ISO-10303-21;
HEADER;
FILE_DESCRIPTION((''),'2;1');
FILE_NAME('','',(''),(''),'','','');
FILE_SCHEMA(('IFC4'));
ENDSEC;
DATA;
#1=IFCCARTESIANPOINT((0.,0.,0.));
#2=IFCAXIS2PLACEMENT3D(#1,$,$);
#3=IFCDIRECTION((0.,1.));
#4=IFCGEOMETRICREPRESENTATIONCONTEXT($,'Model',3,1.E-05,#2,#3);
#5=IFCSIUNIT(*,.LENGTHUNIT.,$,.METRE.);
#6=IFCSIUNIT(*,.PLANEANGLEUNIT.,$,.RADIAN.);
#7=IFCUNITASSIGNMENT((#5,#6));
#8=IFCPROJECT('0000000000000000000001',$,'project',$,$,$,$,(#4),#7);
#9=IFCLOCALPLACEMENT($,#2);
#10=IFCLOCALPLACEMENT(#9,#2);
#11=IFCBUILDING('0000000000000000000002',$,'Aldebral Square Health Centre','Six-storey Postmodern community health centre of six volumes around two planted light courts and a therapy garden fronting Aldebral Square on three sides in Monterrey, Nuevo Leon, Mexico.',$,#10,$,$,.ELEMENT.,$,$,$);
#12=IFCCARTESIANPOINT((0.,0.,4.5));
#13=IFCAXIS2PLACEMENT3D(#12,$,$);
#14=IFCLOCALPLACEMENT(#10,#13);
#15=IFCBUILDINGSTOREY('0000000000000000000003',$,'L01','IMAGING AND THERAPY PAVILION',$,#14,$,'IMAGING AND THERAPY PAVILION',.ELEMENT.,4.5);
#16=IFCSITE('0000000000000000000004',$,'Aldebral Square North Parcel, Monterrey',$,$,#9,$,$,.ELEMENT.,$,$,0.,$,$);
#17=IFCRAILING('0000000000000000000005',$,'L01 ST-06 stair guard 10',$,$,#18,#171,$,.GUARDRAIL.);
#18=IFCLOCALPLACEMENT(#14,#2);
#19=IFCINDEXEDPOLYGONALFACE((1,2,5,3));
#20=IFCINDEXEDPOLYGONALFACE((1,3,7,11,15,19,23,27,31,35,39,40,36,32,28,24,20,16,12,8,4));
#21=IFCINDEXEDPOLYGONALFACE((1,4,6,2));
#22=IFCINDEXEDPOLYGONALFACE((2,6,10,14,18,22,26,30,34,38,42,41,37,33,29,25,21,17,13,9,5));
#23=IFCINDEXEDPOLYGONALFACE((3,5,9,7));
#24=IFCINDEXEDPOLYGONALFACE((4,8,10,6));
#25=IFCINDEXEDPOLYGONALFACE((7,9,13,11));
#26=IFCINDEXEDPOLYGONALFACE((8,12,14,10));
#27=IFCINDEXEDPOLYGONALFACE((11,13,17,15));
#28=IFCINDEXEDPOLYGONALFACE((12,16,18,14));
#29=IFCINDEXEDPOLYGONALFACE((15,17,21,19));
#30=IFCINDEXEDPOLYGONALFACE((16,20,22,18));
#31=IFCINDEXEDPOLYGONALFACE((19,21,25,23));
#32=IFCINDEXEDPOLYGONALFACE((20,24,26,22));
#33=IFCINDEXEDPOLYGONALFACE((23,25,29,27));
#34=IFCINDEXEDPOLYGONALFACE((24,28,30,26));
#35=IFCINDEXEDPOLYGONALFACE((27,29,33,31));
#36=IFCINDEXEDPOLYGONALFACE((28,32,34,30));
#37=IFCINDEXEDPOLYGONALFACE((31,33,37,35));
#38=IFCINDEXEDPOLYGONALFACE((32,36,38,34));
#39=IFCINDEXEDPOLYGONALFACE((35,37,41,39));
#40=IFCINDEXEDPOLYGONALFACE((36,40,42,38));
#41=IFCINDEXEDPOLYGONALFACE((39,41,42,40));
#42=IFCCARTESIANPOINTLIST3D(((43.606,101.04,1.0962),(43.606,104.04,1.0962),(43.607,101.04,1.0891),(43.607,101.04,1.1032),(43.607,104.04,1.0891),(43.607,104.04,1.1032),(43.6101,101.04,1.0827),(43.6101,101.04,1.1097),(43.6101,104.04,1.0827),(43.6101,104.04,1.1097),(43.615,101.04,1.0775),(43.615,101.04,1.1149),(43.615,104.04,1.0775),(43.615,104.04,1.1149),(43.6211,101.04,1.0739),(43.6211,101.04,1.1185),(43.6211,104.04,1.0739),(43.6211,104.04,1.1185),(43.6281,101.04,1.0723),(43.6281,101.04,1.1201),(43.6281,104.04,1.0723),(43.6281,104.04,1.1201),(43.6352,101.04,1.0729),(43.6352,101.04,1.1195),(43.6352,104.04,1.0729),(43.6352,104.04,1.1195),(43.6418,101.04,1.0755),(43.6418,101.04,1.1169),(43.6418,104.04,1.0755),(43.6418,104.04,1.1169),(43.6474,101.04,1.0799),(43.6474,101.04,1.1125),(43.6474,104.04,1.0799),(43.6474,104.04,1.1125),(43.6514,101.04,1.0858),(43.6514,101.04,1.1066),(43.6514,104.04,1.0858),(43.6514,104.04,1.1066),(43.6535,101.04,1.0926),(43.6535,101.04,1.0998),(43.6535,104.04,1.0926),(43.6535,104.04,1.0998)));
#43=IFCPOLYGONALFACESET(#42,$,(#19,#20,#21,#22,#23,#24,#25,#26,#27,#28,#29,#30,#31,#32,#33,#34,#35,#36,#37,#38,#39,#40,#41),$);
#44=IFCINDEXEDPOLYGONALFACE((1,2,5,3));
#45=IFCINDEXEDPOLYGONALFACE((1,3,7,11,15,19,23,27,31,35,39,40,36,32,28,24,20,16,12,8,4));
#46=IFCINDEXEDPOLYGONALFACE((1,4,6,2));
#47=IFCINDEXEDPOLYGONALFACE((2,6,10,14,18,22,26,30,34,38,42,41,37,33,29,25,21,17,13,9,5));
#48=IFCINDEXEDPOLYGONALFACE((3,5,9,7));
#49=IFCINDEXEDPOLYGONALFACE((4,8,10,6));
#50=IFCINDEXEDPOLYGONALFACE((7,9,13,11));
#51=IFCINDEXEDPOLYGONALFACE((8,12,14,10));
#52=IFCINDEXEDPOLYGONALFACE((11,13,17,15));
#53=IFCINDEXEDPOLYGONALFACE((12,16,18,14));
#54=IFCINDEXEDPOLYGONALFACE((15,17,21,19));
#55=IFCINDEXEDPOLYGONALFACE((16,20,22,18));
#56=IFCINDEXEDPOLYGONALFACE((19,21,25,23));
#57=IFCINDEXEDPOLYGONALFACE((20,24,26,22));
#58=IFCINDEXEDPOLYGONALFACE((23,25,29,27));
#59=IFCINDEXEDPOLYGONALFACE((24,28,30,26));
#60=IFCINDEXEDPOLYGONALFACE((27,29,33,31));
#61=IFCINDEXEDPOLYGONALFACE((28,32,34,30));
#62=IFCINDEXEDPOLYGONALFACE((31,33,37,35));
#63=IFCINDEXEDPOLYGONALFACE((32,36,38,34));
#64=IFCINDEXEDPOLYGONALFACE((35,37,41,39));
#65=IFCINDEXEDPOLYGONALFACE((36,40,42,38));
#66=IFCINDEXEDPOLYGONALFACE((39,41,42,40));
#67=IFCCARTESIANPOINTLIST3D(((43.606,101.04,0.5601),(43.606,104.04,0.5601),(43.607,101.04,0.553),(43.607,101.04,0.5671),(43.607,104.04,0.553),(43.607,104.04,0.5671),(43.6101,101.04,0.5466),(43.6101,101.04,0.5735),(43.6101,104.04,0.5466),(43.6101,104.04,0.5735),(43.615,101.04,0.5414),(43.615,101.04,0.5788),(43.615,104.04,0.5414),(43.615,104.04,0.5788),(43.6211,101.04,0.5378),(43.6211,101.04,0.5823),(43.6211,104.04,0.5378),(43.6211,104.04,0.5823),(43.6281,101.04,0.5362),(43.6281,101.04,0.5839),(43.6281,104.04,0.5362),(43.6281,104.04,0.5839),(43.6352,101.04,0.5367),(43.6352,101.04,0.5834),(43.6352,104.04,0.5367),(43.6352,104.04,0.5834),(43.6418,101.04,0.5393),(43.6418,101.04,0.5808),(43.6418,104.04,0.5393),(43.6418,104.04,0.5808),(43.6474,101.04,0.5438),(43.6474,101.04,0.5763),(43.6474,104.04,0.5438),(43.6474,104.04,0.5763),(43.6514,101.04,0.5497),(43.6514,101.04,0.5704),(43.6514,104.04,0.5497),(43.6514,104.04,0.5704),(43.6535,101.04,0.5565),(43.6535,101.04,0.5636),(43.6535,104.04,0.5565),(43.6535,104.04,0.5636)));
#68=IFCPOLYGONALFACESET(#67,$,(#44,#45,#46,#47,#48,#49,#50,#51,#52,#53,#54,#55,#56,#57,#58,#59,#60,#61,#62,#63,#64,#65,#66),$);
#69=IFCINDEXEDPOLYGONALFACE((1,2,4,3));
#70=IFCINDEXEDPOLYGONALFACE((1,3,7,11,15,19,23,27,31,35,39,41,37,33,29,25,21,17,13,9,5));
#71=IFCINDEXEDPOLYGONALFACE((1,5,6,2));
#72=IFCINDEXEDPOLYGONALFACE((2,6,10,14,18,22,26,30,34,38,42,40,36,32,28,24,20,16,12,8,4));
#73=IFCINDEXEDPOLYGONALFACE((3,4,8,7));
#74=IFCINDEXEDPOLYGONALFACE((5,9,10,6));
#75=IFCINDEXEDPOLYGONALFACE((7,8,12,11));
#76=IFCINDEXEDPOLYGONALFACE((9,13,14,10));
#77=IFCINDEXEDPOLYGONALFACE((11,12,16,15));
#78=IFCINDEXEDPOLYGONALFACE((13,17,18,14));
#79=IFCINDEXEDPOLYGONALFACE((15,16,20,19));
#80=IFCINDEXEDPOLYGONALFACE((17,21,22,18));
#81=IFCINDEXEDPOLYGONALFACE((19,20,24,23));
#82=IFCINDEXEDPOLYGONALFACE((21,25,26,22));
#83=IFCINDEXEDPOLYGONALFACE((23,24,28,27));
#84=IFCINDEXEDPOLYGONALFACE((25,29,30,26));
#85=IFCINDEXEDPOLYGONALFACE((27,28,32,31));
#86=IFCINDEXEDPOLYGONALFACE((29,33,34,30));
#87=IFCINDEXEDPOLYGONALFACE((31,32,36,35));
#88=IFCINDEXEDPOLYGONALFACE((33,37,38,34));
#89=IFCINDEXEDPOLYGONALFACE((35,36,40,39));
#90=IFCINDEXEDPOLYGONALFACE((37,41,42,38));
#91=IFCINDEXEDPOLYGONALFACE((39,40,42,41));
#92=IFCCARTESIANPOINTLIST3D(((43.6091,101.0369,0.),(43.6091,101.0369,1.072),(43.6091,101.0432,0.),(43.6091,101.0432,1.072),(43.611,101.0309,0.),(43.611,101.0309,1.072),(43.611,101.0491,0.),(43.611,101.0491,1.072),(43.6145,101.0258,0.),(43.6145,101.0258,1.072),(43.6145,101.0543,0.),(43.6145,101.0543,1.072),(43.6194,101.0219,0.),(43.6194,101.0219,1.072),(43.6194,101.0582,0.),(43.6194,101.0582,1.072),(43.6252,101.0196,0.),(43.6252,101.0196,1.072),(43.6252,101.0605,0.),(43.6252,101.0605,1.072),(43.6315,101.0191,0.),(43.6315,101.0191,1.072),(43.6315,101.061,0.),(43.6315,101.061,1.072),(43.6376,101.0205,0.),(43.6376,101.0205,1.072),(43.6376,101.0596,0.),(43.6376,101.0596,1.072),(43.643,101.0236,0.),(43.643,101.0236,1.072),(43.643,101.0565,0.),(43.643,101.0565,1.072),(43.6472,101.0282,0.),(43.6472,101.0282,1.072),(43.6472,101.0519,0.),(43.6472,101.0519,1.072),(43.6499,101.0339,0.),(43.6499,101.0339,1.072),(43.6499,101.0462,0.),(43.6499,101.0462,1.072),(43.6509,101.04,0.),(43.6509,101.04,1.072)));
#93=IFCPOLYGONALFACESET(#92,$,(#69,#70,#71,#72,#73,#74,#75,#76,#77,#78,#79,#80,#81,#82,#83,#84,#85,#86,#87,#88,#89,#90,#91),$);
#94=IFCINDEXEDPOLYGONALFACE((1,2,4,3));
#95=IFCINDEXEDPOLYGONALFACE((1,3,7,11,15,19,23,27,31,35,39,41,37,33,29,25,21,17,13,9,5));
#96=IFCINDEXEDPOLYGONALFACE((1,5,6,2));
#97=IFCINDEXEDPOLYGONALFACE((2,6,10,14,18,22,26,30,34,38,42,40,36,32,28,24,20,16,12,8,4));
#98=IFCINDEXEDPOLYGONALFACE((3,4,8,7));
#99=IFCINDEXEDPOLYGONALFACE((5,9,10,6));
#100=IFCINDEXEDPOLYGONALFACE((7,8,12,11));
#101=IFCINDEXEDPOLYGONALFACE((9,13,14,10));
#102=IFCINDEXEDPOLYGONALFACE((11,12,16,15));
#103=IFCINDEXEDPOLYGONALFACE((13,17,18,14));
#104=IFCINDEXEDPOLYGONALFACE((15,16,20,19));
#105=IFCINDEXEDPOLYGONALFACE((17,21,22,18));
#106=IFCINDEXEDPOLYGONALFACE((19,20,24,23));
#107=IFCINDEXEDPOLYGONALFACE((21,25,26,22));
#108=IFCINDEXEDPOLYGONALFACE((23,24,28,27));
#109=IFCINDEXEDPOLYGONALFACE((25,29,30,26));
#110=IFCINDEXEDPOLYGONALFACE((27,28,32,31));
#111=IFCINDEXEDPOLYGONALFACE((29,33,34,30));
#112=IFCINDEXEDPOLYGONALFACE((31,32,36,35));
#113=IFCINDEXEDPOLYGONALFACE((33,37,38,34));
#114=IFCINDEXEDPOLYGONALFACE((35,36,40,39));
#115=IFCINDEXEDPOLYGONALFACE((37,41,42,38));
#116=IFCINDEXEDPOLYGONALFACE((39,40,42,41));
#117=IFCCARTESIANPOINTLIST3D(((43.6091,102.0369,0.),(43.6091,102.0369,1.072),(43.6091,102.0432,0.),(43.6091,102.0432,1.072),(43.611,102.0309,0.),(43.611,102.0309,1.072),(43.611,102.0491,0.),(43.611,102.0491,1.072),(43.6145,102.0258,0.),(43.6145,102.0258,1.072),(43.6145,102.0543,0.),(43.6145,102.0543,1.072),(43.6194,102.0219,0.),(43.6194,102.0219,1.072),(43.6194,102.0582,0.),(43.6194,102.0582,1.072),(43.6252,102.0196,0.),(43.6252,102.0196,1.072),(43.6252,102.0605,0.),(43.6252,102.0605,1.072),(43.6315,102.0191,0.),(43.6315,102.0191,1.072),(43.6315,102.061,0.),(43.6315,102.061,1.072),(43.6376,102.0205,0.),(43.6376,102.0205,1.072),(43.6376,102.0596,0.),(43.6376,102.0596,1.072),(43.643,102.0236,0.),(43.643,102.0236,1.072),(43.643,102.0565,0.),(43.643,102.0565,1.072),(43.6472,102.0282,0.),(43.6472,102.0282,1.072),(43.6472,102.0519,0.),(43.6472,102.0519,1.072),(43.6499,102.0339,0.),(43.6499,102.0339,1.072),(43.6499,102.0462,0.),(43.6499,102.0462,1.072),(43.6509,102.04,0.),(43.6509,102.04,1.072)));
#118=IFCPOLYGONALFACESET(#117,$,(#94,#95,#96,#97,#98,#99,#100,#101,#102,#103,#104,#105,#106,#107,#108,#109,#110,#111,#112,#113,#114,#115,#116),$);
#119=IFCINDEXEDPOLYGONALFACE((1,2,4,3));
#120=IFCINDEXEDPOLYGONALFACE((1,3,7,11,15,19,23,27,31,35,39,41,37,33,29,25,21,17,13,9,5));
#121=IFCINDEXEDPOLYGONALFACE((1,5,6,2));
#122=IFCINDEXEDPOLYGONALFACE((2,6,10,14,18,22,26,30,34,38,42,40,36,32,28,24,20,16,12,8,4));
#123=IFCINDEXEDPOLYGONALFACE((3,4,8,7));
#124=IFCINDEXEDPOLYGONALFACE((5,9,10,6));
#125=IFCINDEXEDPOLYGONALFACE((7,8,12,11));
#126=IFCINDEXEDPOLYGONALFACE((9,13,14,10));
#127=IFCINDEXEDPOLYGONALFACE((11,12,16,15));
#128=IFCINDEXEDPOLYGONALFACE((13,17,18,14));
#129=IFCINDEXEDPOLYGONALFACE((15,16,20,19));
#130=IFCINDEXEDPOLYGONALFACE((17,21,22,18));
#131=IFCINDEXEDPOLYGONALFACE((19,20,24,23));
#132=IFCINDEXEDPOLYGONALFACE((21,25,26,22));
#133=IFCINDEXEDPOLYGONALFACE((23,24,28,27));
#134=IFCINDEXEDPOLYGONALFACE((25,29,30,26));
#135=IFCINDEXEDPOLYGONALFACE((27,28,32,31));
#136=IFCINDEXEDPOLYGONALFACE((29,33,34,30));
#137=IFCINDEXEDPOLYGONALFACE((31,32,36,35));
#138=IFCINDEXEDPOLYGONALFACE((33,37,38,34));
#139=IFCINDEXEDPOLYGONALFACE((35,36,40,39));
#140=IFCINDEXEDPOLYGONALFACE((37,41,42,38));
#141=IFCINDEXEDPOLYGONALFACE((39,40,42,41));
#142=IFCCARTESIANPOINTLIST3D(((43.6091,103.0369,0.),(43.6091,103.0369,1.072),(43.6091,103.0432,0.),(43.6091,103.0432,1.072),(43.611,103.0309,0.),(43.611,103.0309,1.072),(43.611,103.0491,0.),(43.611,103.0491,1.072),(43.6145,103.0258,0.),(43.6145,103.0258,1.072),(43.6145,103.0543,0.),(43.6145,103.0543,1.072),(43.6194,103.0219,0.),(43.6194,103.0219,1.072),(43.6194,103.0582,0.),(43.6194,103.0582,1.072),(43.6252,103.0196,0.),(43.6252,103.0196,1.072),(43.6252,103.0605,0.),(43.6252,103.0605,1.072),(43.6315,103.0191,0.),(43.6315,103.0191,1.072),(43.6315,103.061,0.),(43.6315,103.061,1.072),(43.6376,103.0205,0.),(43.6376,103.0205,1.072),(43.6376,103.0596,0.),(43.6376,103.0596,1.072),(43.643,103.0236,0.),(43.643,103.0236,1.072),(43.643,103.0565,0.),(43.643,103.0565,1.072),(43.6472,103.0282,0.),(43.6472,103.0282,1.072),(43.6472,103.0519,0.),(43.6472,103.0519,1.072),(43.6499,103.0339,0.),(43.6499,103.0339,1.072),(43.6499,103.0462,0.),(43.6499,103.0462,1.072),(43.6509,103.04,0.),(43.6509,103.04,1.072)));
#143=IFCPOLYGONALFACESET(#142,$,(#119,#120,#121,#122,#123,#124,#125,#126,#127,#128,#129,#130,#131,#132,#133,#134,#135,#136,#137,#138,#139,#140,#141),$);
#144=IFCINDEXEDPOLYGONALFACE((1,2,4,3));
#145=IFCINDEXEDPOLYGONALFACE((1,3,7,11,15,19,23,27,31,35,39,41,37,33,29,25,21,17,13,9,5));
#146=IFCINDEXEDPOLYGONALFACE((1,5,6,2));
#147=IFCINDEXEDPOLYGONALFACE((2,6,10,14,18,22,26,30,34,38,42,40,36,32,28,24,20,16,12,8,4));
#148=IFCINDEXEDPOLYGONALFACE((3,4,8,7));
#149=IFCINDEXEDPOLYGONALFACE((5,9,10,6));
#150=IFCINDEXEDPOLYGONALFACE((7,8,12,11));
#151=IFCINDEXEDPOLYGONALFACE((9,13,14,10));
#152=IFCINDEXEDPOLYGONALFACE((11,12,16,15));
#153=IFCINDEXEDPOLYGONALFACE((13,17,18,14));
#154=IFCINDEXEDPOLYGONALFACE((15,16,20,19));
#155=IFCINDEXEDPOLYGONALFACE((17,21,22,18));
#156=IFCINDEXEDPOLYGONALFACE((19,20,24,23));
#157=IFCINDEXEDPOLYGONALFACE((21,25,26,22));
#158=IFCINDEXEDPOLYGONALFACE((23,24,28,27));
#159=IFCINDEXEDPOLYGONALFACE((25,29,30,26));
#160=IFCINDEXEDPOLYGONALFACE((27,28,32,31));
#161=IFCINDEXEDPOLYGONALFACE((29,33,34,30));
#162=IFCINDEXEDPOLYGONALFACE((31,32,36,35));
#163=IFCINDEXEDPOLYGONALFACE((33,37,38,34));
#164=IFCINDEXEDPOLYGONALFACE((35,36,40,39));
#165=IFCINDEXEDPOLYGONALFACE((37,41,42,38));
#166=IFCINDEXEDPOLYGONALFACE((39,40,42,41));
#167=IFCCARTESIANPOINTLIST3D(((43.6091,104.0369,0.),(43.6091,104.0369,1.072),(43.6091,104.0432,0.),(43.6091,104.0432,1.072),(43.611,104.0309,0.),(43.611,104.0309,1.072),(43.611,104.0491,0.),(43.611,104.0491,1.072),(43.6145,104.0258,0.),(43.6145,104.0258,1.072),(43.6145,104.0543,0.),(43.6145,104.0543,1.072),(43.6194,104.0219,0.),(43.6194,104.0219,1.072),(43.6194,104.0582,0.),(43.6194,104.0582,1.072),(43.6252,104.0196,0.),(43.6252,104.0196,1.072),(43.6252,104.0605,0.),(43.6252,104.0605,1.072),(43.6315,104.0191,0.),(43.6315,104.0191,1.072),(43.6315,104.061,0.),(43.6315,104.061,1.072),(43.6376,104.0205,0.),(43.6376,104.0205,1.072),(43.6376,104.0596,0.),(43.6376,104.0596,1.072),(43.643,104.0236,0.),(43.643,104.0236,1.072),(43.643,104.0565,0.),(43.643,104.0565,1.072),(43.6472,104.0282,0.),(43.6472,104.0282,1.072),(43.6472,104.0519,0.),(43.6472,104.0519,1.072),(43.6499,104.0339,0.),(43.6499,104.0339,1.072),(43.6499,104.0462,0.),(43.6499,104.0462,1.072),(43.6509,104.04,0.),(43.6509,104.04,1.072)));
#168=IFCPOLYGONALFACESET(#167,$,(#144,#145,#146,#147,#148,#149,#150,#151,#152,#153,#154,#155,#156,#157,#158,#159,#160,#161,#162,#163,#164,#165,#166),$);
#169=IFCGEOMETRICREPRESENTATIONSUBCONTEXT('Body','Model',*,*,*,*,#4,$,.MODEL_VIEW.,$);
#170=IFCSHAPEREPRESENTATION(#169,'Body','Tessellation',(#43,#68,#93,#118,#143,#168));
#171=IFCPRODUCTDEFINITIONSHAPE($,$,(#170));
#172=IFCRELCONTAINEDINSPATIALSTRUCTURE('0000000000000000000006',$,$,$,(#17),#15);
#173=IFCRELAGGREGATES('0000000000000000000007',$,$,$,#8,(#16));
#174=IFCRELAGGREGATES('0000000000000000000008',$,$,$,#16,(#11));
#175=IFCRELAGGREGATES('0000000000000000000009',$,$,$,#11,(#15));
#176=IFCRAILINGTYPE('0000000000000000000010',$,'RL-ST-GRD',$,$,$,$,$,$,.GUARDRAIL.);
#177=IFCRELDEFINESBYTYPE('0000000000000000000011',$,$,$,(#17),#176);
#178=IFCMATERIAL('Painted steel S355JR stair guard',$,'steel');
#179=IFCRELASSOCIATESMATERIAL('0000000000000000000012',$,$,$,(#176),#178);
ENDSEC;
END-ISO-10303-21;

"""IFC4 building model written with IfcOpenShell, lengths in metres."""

from ifc_helpers import new_model, si_unit, direction, frame, origin, origin_2d, place, context, subcontext, project, spatial, circle, extrude, material, type_object, element, save


model = new_model("IFC4")

# Units and contexts
model_context = context("Model", 3, precision=1e-05, world=origin(), true_north=direction((0.0, 1.0)))
body_context = subcontext(model_context, "Body", "Model", "MODEL_VIEW")
ifc_project = project(units=[si_unit("LENGTHUNIT", "METRE"), si_unit("PLANEANGLEUNIT", "RADIAN")], contexts=[model_context])

# Site, building, storey
site_placement = place(None, origin())
site = spatial("IfcSite", under=ifc_project, at=site_placement, Name="Aldebral Square North Parcel, Monterrey", CompositionType="ELEMENT", RefElevation=0.0)
building_placement = place(site_placement, origin())
building = spatial("IfcBuilding", under=site, at=building_placement, Name="Aldebral Square Health Centre", Description="Six-storey Postmodern community health centre of six volumes around two planted light courts and a therapy garden fronting Aldebral Square on three sides in Monterrey, Nuevo Leon, Mexico.", CompositionType="ELEMENT")
storey_placement = place(building_placement, frame((0.0, 0.0, 4.5)))
storey = spatial("IfcBuildingStorey", under=building, at=storey_placement, Name="L01", Description="IMAGING AND THERAPY PAVILION", LongName="IMAGING AND THERAPY PAVILION", CompositionType="ELEMENT", Elevation=4.5)

# Railing
ifc_material_1 = material(Name="Painted steel S355JR stair guard", Category="steel")
railing_type_1 = type_object("IfcRailingType", Name="RL-ST-GRD", PredefinedType="GUARDRAIL", material=ifc_material_1)
railing_1_placement = place(storey_placement, frame((43.6299, 101.04, 0.0)))
element("IfcRailing", 1, at=railing_1_placement, inside=storey, type_object=railing_type_1, Name="L01 ST-06 stair guard 10", PredefinedType="GUARDRAIL", context=body_context, shape_type="SweptSolid", body=[
    extrude(circle(Radius=0.0239, at=origin_2d()), frame((0.0, 0.0, 1.0962), z_axis=(0.0, 1.0, 0.0), x_axis=(-1.0, 0.0, 0.0)), (0.0, 0.0, 1.0), 3.0),
    extrude(circle(Radius=0.0239, at=origin_2d()), frame((0.0, 0.0, 0.5601), z_axis=(0.0, 1.0, 0.0), x_axis=(-1.0, 0.0, 0.0)), (0.0, 0.0, 1.0), 3.0),
    extrude(circle(Radius=0.021, at=origin_2d()), origin(), (0.0, 0.0, 1.0), 1.072),
    extrude(circle(Radius=0.021, at=origin_2d()), frame((0.0, 1.0, 0.0)), (0.0, 0.0, 1.0), 1.072),
    extrude(circle(Radius=0.021, at=origin_2d()), frame((0.0, 2.0, 0.0)), (0.0, 0.0, 1.0), 1.072),
    extrude(circle(Radius=0.021, at=origin_2d()), frame((0.0, 3.0, 0.0)), (0.0, 0.0, 1.0), 1.072),
])

save(model, "model.ifc")
